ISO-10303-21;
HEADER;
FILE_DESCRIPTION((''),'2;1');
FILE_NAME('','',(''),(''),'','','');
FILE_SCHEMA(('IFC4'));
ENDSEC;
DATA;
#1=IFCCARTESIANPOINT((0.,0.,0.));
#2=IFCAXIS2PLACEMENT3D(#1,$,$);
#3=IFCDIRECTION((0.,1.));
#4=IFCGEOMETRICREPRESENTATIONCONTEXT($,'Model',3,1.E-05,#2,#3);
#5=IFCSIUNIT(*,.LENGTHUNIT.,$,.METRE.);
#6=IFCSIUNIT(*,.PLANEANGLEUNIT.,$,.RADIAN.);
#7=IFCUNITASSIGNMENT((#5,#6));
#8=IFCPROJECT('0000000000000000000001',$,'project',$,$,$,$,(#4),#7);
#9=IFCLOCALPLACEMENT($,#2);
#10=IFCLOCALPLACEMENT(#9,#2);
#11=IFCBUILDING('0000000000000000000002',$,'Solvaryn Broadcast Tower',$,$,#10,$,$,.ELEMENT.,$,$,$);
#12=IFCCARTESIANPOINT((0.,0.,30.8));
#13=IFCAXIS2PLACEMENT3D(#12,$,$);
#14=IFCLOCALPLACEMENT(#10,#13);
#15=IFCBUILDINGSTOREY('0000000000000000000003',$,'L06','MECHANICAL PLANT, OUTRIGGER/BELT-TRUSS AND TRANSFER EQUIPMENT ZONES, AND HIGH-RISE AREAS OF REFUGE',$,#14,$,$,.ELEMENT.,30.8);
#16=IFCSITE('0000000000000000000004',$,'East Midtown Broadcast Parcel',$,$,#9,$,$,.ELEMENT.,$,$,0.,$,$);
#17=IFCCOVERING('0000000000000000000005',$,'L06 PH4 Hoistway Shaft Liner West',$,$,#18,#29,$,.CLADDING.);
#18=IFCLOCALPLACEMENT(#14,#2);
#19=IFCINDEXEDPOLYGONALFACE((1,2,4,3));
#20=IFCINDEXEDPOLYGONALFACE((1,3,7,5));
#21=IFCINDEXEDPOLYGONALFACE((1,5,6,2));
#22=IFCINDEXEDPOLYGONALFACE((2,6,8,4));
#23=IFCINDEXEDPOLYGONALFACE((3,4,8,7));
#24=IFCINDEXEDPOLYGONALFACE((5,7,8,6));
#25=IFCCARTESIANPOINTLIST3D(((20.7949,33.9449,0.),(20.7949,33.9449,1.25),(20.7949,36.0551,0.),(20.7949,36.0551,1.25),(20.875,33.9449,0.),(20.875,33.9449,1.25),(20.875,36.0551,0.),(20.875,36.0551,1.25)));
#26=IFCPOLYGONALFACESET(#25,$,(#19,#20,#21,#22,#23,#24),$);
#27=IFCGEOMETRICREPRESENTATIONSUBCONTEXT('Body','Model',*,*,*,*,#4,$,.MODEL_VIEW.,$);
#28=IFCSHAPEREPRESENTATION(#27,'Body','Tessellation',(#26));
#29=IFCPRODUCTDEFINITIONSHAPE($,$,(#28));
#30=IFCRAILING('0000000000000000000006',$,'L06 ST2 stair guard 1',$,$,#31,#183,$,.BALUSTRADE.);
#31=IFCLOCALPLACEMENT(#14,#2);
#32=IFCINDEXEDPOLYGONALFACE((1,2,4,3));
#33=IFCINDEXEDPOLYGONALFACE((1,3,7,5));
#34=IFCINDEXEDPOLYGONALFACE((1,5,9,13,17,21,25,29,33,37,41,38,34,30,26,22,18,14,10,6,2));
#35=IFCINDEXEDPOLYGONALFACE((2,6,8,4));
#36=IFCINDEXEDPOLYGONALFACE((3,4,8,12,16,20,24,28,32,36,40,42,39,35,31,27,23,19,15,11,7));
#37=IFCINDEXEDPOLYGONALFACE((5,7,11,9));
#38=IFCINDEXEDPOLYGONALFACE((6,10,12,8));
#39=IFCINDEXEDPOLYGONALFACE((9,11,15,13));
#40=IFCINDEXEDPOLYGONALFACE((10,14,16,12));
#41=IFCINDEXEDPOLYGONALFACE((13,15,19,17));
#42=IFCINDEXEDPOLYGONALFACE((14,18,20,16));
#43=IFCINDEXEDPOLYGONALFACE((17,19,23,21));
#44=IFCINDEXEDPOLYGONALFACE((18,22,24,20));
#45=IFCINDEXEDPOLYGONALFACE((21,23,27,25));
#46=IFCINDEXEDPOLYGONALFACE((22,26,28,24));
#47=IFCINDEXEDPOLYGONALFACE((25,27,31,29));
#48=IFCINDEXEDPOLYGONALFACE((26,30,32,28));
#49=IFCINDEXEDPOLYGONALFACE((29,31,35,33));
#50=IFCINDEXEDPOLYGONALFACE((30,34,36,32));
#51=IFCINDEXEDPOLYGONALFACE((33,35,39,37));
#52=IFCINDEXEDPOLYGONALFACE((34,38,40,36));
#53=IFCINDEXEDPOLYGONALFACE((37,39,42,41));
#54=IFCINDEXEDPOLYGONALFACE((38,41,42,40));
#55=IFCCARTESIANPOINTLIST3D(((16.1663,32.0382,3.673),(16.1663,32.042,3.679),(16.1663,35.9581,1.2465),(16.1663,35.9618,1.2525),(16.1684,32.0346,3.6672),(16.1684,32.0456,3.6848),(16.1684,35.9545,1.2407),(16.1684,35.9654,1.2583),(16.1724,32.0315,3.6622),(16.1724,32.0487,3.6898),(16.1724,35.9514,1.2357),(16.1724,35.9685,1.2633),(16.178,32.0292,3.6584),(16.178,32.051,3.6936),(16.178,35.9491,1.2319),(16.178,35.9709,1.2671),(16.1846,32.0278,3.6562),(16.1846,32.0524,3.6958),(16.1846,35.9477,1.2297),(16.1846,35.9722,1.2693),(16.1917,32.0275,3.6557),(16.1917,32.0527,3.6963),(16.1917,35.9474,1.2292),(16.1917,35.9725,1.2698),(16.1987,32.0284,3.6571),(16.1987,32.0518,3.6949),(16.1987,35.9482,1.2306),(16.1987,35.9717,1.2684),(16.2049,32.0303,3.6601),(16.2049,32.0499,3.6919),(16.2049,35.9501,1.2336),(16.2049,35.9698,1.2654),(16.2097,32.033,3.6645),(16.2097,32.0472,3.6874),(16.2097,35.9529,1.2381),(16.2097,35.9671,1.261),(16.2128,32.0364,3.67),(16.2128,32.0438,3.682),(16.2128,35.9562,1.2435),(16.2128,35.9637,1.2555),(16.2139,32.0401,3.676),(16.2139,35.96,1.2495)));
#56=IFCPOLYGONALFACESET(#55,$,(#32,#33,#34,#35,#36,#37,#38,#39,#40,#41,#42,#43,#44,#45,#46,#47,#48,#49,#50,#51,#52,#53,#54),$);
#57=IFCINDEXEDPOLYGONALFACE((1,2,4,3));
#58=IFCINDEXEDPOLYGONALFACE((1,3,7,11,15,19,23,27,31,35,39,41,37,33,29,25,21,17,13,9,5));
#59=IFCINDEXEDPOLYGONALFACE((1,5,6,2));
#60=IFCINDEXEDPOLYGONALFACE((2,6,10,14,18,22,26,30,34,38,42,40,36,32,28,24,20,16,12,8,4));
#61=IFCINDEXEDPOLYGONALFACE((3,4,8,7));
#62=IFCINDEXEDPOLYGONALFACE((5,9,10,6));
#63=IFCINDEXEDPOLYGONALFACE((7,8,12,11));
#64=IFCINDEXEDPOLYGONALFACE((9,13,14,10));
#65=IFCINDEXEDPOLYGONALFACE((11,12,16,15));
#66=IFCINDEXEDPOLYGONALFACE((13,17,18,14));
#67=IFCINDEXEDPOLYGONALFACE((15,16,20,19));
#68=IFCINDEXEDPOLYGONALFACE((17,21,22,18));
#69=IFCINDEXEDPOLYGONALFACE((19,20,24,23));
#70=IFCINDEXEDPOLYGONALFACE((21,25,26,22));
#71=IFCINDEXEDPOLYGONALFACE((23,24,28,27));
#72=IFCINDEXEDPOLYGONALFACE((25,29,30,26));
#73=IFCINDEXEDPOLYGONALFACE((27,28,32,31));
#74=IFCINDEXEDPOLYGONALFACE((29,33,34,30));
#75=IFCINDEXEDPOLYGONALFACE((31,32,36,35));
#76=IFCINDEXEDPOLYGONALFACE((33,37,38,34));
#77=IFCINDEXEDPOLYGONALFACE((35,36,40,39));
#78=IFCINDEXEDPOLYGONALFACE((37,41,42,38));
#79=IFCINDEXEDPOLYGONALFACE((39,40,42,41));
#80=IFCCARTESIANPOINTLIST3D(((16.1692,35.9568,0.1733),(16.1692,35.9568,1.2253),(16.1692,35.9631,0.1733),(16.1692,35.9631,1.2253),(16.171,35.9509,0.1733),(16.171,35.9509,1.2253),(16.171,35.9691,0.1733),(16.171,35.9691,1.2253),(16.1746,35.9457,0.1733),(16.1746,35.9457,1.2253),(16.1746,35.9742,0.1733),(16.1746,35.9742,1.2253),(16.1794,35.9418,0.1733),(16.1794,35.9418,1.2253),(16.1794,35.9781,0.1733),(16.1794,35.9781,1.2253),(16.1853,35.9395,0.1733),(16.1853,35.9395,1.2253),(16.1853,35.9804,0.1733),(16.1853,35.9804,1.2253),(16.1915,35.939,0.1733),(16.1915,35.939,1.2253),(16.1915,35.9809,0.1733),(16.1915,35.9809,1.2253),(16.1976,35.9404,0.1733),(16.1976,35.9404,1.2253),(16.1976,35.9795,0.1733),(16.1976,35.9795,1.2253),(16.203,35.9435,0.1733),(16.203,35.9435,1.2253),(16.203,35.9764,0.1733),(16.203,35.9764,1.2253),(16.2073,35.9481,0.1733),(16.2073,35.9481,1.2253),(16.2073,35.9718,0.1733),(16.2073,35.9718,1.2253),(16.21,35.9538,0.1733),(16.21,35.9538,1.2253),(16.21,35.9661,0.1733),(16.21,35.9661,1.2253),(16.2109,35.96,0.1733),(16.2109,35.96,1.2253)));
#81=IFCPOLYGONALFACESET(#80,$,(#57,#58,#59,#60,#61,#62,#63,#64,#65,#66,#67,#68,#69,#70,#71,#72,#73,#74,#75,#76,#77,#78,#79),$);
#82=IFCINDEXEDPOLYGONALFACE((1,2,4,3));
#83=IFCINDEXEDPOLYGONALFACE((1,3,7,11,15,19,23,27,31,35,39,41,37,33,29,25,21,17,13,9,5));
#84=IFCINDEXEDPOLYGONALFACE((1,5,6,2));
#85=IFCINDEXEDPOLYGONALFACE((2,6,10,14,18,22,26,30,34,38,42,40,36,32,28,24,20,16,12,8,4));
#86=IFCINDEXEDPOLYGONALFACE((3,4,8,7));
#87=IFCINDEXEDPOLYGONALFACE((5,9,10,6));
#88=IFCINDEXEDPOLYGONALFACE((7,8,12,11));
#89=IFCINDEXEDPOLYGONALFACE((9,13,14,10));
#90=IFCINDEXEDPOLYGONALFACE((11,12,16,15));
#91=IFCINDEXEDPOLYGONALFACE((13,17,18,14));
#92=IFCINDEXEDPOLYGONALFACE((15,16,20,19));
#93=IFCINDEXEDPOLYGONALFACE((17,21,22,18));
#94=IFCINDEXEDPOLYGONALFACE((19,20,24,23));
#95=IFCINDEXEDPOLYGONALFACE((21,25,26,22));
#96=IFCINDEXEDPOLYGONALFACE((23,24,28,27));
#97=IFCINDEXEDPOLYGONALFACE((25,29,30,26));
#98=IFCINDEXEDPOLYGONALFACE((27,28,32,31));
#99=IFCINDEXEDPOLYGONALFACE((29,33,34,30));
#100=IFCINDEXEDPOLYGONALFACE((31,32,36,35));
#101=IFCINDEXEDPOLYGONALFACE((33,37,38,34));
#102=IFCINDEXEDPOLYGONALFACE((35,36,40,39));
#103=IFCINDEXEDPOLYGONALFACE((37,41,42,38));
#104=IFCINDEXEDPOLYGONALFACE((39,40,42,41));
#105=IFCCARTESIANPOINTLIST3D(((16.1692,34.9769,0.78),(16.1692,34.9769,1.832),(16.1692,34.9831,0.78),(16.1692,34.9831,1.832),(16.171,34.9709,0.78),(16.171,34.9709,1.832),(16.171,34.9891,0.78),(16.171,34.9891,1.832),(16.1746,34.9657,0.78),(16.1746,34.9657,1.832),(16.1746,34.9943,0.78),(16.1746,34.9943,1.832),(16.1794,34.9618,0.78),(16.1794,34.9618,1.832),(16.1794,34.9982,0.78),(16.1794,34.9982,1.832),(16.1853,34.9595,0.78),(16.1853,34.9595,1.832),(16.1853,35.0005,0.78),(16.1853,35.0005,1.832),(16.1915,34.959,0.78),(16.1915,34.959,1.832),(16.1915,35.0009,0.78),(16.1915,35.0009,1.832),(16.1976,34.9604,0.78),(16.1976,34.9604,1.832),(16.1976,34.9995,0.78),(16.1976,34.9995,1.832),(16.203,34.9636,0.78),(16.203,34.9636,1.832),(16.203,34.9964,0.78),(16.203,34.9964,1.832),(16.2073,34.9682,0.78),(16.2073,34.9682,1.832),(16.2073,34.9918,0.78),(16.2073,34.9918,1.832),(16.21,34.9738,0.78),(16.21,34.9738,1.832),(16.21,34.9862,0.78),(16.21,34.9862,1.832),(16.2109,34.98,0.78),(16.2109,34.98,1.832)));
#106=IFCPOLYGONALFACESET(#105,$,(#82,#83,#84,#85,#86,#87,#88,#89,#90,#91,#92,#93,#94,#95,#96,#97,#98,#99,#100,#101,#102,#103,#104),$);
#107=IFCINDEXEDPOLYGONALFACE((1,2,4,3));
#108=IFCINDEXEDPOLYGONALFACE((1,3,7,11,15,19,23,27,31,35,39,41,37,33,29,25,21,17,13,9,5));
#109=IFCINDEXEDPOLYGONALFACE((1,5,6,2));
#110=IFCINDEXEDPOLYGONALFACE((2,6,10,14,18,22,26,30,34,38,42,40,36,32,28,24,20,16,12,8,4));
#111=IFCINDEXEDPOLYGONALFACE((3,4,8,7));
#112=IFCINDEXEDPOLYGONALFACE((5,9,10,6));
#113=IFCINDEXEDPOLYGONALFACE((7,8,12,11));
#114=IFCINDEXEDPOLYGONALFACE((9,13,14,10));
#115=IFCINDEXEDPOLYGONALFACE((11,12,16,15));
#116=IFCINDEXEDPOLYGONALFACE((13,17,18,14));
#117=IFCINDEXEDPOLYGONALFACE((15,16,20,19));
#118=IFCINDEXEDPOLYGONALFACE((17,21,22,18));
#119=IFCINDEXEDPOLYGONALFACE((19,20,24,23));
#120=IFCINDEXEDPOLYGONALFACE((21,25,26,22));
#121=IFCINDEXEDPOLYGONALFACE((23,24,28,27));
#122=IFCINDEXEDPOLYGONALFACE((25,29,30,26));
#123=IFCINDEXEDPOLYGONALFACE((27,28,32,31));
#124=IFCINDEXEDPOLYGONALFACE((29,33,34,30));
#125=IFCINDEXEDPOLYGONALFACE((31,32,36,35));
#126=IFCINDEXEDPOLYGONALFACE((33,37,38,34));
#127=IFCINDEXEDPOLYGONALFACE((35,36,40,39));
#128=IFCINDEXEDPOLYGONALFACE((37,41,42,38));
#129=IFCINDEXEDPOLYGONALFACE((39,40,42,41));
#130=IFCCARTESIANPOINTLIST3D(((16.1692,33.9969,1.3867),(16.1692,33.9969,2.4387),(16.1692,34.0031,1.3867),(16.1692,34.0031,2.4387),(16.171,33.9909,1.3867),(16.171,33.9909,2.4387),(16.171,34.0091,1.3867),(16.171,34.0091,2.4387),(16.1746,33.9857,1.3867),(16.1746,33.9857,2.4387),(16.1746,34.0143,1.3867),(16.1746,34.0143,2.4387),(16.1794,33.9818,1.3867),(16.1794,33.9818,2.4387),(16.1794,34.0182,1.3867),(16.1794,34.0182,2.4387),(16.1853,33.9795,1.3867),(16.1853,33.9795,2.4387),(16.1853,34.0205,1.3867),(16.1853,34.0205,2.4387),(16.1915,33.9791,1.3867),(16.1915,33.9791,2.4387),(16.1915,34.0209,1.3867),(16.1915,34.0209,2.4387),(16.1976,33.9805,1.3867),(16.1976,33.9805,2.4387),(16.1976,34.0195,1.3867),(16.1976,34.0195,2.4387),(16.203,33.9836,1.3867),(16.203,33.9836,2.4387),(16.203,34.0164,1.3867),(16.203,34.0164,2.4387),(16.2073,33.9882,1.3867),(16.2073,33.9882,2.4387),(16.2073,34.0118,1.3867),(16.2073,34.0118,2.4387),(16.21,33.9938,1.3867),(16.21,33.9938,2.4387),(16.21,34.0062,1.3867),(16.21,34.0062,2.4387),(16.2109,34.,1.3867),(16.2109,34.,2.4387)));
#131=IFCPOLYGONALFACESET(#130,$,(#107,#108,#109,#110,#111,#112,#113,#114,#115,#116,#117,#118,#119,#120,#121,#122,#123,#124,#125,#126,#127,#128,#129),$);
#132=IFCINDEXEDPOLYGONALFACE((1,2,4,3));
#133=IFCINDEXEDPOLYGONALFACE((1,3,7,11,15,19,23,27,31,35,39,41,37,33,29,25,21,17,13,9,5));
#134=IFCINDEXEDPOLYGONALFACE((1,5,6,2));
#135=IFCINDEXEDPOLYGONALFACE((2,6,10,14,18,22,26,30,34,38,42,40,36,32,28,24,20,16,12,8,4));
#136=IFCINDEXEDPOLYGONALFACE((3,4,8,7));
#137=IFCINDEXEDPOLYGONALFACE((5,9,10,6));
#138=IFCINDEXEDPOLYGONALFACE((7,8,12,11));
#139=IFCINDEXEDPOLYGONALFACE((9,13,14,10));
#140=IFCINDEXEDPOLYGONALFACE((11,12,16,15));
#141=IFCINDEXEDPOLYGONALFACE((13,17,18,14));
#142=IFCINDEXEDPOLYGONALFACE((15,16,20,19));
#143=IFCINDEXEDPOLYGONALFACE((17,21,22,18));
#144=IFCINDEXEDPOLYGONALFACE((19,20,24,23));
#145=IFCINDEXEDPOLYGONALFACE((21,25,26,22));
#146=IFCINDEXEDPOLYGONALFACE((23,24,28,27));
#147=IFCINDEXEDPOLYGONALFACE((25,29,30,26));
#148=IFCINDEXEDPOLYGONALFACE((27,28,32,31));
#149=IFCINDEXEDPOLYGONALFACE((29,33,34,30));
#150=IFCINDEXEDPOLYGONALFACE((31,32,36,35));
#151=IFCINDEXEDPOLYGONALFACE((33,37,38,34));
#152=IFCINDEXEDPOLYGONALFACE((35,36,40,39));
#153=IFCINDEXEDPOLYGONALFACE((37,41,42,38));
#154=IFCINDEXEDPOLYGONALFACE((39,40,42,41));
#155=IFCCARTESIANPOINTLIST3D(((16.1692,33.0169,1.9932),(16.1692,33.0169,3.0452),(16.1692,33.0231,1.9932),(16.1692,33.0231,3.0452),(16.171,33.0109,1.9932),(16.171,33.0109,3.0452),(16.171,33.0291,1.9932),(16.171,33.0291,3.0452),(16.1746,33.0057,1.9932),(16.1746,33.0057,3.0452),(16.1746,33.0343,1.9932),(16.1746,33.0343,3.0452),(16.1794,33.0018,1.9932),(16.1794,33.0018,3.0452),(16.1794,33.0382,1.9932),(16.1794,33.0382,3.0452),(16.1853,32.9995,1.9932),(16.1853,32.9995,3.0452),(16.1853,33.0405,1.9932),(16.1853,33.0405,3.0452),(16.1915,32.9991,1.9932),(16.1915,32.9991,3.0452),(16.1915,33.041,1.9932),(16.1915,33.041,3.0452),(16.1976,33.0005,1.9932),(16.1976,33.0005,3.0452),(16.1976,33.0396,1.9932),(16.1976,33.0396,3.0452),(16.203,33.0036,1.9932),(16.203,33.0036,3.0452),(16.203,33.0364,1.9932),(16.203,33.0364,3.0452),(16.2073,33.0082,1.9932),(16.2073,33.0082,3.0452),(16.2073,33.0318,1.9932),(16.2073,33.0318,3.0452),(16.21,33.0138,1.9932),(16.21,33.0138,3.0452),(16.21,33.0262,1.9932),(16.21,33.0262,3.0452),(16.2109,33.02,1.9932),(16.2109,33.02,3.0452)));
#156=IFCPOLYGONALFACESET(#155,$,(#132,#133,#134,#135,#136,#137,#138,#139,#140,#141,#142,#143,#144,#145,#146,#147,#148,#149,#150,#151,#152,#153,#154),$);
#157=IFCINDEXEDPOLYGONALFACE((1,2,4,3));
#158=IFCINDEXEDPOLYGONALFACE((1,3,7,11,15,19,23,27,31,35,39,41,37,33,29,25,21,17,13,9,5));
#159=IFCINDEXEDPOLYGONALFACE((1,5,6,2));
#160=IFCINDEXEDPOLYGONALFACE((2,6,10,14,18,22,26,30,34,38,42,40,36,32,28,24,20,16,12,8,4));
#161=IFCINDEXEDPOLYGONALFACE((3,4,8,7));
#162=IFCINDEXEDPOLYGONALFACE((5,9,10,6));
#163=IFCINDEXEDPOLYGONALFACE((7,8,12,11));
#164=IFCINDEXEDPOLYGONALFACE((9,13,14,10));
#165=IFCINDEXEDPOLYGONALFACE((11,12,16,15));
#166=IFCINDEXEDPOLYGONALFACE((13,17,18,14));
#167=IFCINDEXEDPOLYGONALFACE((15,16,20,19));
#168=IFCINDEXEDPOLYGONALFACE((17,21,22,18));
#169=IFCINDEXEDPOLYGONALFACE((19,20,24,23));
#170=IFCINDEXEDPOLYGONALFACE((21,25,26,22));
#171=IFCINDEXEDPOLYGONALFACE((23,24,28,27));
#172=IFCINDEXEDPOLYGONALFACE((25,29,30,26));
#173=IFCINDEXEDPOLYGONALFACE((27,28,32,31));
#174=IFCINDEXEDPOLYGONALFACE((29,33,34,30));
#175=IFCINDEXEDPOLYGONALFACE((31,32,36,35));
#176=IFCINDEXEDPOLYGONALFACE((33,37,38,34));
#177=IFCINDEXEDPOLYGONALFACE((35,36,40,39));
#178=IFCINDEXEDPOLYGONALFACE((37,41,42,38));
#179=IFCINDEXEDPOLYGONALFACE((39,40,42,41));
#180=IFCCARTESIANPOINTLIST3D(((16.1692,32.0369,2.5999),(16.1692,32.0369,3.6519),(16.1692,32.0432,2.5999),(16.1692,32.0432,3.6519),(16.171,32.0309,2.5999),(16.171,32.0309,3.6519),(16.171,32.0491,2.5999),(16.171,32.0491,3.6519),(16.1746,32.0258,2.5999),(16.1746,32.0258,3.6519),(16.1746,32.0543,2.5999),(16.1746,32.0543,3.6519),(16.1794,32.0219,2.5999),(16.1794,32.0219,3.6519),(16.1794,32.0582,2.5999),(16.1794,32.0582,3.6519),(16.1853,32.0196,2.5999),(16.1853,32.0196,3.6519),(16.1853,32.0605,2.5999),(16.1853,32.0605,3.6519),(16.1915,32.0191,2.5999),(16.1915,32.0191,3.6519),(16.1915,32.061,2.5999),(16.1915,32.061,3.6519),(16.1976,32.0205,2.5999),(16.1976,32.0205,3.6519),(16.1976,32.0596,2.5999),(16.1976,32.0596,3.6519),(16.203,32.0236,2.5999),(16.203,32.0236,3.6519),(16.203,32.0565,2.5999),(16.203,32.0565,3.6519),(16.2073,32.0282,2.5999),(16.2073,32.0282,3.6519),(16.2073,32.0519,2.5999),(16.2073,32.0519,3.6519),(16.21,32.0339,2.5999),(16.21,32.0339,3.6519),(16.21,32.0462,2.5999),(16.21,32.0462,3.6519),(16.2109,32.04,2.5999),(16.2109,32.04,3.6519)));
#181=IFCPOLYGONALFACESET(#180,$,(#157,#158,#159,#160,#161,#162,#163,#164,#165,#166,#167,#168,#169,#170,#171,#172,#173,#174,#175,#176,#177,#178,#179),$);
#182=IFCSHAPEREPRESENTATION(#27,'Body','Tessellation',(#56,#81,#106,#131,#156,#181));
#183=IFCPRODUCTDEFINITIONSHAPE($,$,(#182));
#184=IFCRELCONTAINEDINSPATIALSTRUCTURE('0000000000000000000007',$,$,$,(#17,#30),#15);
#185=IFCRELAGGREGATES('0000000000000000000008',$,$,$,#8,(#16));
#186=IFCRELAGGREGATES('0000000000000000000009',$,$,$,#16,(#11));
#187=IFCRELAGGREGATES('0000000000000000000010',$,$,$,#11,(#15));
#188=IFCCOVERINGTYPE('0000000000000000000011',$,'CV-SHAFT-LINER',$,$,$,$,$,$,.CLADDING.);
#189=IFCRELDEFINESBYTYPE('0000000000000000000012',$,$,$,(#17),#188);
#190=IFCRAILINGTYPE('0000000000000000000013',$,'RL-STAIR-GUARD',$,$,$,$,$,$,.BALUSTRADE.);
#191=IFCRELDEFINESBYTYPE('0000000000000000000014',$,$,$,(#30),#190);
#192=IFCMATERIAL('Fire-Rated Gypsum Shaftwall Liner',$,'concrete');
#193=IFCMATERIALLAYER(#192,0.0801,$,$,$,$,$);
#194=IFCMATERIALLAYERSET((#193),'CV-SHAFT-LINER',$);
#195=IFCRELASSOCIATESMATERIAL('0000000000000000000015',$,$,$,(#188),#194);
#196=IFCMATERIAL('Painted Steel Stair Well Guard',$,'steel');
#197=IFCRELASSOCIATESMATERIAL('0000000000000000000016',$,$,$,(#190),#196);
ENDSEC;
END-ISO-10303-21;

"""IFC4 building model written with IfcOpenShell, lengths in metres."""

from ifc_helpers import new_model, si_unit, direction, frame, origin, origin_2d, place, context, subcontext, project, spatial, rectangle, circle, extrude, material, layer, layer_set, type_object, element, save


model = new_model("IFC4")

# Units and contexts
model_context = context("Model", 3, precision=1e-05, world=origin(), true_north=direction((0.0, 1.0)))
body_context = subcontext(model_context, "Body", "Model", "MODEL_VIEW")
ifc_project = project(units=[si_unit("LENGTHUNIT", "METRE"), si_unit("PLANEANGLEUNIT", "RADIAN")], contexts=[model_context])

# Site, building, storey
site_placement = place(None, origin())
site = spatial("IfcSite", under=ifc_project, at=site_placement, Name="East Midtown Broadcast Parcel", CompositionType="ELEMENT", RefElevation=0.0)
building_placement = place(site_placement, origin())
building = spatial("IfcBuilding", under=site, at=building_placement, Name="Solvaryn Broadcast Tower", CompositionType="ELEMENT")
storey_placement = place(building_placement, frame((0.0, 0.0, 30.8)))
storey = spatial("IfcBuildingStorey", under=building, at=storey_placement, Name="L06", Description="MECHANICAL PLANT, OUTRIGGER/BELT-TRUSS AND TRANSFER EQUIPMENT ZONES, AND HIGH-RISE AREAS OF REFUGE", CompositionType="ELEMENT", Elevation=30.8)

# Covering
ifc_material_1 = material(Name="Fire-Rated Gypsum Shaftwall Liner", Category="concrete")
ifc_layer_1 = layer(ifc_material_1, 0.0801)
ifc_layer_set_1 = layer_set([ifc_layer_1], Name="CV-SHAFT-LINER")
covering_type = type_object("IfcCoveringType", Name="CV-SHAFT-LINER", PredefinedType="CLADDING", material=ifc_layer_set_1)
for number, where, z_axis, x_axis, name in (
    (1, (20.835, 35.0, 0.0), (0.0, 0.0, 1.0), (1.0, 0.0, 0.0), "L06 PH4 Hoistway Shaft Liner West"),
):
    element("IfcCovering", number, at=place(storey_placement, frame(where, z_axis=z_axis, x_axis=x_axis)), inside=storey, type_object=covering_type, Name=name, PredefinedType="CLADDING", context=body_context, shape_type="SweptSolid", body=[
        extrude(rectangle(XDim=0.0801, YDim=2.1101, at=origin_2d()), origin(), (0.0, 0.0, 1.0), 1.25),
    ])

# Railing
ifc_material_2 = material(Name="Painted Steel Stair Well Guard", Category="steel")
railing_type_1 = type_object("IfcRailingType", Name="RL-STAIR-GUARD", PredefinedType="BALUSTRADE", material=ifc_material_2)
railing_1_placement = place(storey_placement, frame((16.1899, 35.96, 0.1733)))
element("IfcRailing", 2, at=railing_1_placement, inside=storey, type_object=railing_type_1, Name="L06 ST2 stair guard 1", PredefinedType="BALUSTRADE", context=body_context, shape_type="SweptSolid", body=[
    extrude(circle(Radius=0.0239, at=origin_2d()), frame((0.0, 0.0, 1.0762), z_axis=(0.0, -0.850275, 0.526338), x_axis=(1.0, 0.0, 0.0)), (0.0, 0.0, 1.0), 4.6101),
    extrude(circle(Radius=0.021, at=origin_2d()), origin(), (0.0, 0.0, 1.0), 1.052),
    extrude(circle(Radius=0.021, at=origin_2d()), frame((0.0, -0.98, 0.6067)), (0.0, 0.0, 1.0), 1.052),
    extrude(circle(Radius=0.021, at=origin_2d()), frame((0.0, -1.96, 1.2134)), (0.0, 0.0, 1.0), 1.052),
    extrude(circle(Radius=0.021, at=origin_2d()), frame((0.0, -2.9399, 1.8198)), (0.0, 0.0, 1.0), 1.052),
    extrude(circle(Radius=0.021, at=origin_2d()), frame((0.0, -3.9199, 2.4265)), (0.0, 0.0, 1.0), 1.052),
])

save(model, "model.ifc")
